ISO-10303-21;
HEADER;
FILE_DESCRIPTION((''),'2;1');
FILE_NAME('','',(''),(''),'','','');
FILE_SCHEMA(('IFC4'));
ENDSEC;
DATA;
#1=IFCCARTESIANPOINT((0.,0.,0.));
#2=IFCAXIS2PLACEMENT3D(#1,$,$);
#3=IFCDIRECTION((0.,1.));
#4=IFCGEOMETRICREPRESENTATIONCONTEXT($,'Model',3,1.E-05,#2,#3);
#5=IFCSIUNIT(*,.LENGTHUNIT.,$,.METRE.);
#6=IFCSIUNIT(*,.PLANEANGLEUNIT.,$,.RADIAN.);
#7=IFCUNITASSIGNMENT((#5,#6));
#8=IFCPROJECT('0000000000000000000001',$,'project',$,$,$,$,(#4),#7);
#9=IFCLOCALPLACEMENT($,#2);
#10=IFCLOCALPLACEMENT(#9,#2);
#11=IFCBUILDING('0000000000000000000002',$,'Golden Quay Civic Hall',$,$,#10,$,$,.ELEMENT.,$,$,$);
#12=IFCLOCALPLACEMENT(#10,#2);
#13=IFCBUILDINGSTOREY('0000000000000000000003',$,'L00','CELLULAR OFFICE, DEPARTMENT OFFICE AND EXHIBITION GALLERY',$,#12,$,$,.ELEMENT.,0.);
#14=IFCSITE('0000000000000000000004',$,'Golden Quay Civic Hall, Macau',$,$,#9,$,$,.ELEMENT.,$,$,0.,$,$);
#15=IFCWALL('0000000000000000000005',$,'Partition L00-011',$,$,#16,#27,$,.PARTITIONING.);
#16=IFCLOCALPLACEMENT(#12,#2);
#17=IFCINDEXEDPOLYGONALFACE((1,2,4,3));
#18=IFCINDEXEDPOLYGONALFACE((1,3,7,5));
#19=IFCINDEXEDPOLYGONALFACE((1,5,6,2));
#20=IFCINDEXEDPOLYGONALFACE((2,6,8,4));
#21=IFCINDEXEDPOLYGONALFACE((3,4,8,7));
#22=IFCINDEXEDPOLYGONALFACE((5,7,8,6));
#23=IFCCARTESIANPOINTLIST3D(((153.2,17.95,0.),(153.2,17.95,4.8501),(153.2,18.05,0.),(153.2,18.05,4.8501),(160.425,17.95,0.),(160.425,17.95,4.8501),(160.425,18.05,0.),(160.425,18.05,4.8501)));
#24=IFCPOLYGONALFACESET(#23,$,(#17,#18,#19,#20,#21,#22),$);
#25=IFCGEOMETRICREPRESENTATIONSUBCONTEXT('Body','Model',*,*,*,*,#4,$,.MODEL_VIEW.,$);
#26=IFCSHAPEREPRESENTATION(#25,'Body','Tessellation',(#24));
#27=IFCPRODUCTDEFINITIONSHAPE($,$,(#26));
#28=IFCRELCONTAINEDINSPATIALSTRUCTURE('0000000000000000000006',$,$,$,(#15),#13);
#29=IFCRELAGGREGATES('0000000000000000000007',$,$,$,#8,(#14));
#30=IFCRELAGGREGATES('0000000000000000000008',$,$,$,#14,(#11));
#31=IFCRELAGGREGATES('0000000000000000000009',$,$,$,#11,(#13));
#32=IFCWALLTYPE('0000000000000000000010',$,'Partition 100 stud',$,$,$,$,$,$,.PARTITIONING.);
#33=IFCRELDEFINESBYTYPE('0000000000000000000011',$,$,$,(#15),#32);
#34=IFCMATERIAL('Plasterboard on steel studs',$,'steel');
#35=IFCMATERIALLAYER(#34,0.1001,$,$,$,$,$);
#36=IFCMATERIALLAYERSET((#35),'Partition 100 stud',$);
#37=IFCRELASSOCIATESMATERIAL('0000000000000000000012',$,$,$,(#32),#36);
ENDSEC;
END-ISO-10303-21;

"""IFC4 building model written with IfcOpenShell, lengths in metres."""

from ifc_helpers import new_model, si_unit, direction, frame, frame_2d, origin, place, context, subcontext, project, spatial, rectangle, extrude, material, layer, layer_set, type_object, element, save


model = new_model("IFC4")

# Units and contexts
model_context = context("Model", 3, precision=1e-05, world=origin(), true_north=direction((0.0, 1.0)))
body_context = subcontext(model_context, "Body", "Model", "MODEL_VIEW")
ifc_project = project(units=[si_unit("LENGTHUNIT", "METRE"), si_unit("PLANEANGLEUNIT", "RADIAN")], contexts=[model_context])

# Site, building, storey
site_placement = place(None, origin())
site = spatial("IfcSite", under=ifc_project, at=site_placement, Name="Golden Quay Civic Hall, Macau", CompositionType="ELEMENT", RefElevation=0.0)
building_placement = place(site_placement, origin())
building = spatial("IfcBuilding", under=site, at=building_placement, Name="Golden Quay Civic Hall", CompositionType="ELEMENT")
storey_placement = place(building_placement, origin())
storey = spatial("IfcBuildingStorey", under=building, at=storey_placement, Name="L00", Description="CELLULAR OFFICE, DEPARTMENT OFFICE AND EXHIBITION GALLERY", CompositionType="ELEMENT", Elevation=0.0)

# Wall
ifc_material_1 = material(Name="Plasterboard on steel studs", Category="steel")
ifc_layer_1 = layer(ifc_material_1, 0.1001)
ifc_layer_set_1 = layer_set([ifc_layer_1], Name="Partition 100 stud")
wall_type_1 = type_object("IfcWallType", Name="Partition 100 stud", PredefinedType="PARTITIONING", material=ifc_layer_set_1)
wall_1_placement = place(storey_placement, frame((153.2, 18.0, 0.0), z_axis=(0.0, 0.0, 1.0), x_axis=(1.0, 0.0, 0.0)))
element("IfcWall", 1, at=wall_1_placement, inside=storey, type_object=wall_type_1, Name="Partition L00-011", PredefinedType="PARTITIONING", context=body_context, shape_type="SweptSolid", body=[
    extrude(rectangle(XDim=7.2251, YDim=0.1001, at=frame_2d((3.6125, 0.0))), origin(), (0.0, 0.0, 1.0), 4.8501),
])

save(model, "model.ifc")
